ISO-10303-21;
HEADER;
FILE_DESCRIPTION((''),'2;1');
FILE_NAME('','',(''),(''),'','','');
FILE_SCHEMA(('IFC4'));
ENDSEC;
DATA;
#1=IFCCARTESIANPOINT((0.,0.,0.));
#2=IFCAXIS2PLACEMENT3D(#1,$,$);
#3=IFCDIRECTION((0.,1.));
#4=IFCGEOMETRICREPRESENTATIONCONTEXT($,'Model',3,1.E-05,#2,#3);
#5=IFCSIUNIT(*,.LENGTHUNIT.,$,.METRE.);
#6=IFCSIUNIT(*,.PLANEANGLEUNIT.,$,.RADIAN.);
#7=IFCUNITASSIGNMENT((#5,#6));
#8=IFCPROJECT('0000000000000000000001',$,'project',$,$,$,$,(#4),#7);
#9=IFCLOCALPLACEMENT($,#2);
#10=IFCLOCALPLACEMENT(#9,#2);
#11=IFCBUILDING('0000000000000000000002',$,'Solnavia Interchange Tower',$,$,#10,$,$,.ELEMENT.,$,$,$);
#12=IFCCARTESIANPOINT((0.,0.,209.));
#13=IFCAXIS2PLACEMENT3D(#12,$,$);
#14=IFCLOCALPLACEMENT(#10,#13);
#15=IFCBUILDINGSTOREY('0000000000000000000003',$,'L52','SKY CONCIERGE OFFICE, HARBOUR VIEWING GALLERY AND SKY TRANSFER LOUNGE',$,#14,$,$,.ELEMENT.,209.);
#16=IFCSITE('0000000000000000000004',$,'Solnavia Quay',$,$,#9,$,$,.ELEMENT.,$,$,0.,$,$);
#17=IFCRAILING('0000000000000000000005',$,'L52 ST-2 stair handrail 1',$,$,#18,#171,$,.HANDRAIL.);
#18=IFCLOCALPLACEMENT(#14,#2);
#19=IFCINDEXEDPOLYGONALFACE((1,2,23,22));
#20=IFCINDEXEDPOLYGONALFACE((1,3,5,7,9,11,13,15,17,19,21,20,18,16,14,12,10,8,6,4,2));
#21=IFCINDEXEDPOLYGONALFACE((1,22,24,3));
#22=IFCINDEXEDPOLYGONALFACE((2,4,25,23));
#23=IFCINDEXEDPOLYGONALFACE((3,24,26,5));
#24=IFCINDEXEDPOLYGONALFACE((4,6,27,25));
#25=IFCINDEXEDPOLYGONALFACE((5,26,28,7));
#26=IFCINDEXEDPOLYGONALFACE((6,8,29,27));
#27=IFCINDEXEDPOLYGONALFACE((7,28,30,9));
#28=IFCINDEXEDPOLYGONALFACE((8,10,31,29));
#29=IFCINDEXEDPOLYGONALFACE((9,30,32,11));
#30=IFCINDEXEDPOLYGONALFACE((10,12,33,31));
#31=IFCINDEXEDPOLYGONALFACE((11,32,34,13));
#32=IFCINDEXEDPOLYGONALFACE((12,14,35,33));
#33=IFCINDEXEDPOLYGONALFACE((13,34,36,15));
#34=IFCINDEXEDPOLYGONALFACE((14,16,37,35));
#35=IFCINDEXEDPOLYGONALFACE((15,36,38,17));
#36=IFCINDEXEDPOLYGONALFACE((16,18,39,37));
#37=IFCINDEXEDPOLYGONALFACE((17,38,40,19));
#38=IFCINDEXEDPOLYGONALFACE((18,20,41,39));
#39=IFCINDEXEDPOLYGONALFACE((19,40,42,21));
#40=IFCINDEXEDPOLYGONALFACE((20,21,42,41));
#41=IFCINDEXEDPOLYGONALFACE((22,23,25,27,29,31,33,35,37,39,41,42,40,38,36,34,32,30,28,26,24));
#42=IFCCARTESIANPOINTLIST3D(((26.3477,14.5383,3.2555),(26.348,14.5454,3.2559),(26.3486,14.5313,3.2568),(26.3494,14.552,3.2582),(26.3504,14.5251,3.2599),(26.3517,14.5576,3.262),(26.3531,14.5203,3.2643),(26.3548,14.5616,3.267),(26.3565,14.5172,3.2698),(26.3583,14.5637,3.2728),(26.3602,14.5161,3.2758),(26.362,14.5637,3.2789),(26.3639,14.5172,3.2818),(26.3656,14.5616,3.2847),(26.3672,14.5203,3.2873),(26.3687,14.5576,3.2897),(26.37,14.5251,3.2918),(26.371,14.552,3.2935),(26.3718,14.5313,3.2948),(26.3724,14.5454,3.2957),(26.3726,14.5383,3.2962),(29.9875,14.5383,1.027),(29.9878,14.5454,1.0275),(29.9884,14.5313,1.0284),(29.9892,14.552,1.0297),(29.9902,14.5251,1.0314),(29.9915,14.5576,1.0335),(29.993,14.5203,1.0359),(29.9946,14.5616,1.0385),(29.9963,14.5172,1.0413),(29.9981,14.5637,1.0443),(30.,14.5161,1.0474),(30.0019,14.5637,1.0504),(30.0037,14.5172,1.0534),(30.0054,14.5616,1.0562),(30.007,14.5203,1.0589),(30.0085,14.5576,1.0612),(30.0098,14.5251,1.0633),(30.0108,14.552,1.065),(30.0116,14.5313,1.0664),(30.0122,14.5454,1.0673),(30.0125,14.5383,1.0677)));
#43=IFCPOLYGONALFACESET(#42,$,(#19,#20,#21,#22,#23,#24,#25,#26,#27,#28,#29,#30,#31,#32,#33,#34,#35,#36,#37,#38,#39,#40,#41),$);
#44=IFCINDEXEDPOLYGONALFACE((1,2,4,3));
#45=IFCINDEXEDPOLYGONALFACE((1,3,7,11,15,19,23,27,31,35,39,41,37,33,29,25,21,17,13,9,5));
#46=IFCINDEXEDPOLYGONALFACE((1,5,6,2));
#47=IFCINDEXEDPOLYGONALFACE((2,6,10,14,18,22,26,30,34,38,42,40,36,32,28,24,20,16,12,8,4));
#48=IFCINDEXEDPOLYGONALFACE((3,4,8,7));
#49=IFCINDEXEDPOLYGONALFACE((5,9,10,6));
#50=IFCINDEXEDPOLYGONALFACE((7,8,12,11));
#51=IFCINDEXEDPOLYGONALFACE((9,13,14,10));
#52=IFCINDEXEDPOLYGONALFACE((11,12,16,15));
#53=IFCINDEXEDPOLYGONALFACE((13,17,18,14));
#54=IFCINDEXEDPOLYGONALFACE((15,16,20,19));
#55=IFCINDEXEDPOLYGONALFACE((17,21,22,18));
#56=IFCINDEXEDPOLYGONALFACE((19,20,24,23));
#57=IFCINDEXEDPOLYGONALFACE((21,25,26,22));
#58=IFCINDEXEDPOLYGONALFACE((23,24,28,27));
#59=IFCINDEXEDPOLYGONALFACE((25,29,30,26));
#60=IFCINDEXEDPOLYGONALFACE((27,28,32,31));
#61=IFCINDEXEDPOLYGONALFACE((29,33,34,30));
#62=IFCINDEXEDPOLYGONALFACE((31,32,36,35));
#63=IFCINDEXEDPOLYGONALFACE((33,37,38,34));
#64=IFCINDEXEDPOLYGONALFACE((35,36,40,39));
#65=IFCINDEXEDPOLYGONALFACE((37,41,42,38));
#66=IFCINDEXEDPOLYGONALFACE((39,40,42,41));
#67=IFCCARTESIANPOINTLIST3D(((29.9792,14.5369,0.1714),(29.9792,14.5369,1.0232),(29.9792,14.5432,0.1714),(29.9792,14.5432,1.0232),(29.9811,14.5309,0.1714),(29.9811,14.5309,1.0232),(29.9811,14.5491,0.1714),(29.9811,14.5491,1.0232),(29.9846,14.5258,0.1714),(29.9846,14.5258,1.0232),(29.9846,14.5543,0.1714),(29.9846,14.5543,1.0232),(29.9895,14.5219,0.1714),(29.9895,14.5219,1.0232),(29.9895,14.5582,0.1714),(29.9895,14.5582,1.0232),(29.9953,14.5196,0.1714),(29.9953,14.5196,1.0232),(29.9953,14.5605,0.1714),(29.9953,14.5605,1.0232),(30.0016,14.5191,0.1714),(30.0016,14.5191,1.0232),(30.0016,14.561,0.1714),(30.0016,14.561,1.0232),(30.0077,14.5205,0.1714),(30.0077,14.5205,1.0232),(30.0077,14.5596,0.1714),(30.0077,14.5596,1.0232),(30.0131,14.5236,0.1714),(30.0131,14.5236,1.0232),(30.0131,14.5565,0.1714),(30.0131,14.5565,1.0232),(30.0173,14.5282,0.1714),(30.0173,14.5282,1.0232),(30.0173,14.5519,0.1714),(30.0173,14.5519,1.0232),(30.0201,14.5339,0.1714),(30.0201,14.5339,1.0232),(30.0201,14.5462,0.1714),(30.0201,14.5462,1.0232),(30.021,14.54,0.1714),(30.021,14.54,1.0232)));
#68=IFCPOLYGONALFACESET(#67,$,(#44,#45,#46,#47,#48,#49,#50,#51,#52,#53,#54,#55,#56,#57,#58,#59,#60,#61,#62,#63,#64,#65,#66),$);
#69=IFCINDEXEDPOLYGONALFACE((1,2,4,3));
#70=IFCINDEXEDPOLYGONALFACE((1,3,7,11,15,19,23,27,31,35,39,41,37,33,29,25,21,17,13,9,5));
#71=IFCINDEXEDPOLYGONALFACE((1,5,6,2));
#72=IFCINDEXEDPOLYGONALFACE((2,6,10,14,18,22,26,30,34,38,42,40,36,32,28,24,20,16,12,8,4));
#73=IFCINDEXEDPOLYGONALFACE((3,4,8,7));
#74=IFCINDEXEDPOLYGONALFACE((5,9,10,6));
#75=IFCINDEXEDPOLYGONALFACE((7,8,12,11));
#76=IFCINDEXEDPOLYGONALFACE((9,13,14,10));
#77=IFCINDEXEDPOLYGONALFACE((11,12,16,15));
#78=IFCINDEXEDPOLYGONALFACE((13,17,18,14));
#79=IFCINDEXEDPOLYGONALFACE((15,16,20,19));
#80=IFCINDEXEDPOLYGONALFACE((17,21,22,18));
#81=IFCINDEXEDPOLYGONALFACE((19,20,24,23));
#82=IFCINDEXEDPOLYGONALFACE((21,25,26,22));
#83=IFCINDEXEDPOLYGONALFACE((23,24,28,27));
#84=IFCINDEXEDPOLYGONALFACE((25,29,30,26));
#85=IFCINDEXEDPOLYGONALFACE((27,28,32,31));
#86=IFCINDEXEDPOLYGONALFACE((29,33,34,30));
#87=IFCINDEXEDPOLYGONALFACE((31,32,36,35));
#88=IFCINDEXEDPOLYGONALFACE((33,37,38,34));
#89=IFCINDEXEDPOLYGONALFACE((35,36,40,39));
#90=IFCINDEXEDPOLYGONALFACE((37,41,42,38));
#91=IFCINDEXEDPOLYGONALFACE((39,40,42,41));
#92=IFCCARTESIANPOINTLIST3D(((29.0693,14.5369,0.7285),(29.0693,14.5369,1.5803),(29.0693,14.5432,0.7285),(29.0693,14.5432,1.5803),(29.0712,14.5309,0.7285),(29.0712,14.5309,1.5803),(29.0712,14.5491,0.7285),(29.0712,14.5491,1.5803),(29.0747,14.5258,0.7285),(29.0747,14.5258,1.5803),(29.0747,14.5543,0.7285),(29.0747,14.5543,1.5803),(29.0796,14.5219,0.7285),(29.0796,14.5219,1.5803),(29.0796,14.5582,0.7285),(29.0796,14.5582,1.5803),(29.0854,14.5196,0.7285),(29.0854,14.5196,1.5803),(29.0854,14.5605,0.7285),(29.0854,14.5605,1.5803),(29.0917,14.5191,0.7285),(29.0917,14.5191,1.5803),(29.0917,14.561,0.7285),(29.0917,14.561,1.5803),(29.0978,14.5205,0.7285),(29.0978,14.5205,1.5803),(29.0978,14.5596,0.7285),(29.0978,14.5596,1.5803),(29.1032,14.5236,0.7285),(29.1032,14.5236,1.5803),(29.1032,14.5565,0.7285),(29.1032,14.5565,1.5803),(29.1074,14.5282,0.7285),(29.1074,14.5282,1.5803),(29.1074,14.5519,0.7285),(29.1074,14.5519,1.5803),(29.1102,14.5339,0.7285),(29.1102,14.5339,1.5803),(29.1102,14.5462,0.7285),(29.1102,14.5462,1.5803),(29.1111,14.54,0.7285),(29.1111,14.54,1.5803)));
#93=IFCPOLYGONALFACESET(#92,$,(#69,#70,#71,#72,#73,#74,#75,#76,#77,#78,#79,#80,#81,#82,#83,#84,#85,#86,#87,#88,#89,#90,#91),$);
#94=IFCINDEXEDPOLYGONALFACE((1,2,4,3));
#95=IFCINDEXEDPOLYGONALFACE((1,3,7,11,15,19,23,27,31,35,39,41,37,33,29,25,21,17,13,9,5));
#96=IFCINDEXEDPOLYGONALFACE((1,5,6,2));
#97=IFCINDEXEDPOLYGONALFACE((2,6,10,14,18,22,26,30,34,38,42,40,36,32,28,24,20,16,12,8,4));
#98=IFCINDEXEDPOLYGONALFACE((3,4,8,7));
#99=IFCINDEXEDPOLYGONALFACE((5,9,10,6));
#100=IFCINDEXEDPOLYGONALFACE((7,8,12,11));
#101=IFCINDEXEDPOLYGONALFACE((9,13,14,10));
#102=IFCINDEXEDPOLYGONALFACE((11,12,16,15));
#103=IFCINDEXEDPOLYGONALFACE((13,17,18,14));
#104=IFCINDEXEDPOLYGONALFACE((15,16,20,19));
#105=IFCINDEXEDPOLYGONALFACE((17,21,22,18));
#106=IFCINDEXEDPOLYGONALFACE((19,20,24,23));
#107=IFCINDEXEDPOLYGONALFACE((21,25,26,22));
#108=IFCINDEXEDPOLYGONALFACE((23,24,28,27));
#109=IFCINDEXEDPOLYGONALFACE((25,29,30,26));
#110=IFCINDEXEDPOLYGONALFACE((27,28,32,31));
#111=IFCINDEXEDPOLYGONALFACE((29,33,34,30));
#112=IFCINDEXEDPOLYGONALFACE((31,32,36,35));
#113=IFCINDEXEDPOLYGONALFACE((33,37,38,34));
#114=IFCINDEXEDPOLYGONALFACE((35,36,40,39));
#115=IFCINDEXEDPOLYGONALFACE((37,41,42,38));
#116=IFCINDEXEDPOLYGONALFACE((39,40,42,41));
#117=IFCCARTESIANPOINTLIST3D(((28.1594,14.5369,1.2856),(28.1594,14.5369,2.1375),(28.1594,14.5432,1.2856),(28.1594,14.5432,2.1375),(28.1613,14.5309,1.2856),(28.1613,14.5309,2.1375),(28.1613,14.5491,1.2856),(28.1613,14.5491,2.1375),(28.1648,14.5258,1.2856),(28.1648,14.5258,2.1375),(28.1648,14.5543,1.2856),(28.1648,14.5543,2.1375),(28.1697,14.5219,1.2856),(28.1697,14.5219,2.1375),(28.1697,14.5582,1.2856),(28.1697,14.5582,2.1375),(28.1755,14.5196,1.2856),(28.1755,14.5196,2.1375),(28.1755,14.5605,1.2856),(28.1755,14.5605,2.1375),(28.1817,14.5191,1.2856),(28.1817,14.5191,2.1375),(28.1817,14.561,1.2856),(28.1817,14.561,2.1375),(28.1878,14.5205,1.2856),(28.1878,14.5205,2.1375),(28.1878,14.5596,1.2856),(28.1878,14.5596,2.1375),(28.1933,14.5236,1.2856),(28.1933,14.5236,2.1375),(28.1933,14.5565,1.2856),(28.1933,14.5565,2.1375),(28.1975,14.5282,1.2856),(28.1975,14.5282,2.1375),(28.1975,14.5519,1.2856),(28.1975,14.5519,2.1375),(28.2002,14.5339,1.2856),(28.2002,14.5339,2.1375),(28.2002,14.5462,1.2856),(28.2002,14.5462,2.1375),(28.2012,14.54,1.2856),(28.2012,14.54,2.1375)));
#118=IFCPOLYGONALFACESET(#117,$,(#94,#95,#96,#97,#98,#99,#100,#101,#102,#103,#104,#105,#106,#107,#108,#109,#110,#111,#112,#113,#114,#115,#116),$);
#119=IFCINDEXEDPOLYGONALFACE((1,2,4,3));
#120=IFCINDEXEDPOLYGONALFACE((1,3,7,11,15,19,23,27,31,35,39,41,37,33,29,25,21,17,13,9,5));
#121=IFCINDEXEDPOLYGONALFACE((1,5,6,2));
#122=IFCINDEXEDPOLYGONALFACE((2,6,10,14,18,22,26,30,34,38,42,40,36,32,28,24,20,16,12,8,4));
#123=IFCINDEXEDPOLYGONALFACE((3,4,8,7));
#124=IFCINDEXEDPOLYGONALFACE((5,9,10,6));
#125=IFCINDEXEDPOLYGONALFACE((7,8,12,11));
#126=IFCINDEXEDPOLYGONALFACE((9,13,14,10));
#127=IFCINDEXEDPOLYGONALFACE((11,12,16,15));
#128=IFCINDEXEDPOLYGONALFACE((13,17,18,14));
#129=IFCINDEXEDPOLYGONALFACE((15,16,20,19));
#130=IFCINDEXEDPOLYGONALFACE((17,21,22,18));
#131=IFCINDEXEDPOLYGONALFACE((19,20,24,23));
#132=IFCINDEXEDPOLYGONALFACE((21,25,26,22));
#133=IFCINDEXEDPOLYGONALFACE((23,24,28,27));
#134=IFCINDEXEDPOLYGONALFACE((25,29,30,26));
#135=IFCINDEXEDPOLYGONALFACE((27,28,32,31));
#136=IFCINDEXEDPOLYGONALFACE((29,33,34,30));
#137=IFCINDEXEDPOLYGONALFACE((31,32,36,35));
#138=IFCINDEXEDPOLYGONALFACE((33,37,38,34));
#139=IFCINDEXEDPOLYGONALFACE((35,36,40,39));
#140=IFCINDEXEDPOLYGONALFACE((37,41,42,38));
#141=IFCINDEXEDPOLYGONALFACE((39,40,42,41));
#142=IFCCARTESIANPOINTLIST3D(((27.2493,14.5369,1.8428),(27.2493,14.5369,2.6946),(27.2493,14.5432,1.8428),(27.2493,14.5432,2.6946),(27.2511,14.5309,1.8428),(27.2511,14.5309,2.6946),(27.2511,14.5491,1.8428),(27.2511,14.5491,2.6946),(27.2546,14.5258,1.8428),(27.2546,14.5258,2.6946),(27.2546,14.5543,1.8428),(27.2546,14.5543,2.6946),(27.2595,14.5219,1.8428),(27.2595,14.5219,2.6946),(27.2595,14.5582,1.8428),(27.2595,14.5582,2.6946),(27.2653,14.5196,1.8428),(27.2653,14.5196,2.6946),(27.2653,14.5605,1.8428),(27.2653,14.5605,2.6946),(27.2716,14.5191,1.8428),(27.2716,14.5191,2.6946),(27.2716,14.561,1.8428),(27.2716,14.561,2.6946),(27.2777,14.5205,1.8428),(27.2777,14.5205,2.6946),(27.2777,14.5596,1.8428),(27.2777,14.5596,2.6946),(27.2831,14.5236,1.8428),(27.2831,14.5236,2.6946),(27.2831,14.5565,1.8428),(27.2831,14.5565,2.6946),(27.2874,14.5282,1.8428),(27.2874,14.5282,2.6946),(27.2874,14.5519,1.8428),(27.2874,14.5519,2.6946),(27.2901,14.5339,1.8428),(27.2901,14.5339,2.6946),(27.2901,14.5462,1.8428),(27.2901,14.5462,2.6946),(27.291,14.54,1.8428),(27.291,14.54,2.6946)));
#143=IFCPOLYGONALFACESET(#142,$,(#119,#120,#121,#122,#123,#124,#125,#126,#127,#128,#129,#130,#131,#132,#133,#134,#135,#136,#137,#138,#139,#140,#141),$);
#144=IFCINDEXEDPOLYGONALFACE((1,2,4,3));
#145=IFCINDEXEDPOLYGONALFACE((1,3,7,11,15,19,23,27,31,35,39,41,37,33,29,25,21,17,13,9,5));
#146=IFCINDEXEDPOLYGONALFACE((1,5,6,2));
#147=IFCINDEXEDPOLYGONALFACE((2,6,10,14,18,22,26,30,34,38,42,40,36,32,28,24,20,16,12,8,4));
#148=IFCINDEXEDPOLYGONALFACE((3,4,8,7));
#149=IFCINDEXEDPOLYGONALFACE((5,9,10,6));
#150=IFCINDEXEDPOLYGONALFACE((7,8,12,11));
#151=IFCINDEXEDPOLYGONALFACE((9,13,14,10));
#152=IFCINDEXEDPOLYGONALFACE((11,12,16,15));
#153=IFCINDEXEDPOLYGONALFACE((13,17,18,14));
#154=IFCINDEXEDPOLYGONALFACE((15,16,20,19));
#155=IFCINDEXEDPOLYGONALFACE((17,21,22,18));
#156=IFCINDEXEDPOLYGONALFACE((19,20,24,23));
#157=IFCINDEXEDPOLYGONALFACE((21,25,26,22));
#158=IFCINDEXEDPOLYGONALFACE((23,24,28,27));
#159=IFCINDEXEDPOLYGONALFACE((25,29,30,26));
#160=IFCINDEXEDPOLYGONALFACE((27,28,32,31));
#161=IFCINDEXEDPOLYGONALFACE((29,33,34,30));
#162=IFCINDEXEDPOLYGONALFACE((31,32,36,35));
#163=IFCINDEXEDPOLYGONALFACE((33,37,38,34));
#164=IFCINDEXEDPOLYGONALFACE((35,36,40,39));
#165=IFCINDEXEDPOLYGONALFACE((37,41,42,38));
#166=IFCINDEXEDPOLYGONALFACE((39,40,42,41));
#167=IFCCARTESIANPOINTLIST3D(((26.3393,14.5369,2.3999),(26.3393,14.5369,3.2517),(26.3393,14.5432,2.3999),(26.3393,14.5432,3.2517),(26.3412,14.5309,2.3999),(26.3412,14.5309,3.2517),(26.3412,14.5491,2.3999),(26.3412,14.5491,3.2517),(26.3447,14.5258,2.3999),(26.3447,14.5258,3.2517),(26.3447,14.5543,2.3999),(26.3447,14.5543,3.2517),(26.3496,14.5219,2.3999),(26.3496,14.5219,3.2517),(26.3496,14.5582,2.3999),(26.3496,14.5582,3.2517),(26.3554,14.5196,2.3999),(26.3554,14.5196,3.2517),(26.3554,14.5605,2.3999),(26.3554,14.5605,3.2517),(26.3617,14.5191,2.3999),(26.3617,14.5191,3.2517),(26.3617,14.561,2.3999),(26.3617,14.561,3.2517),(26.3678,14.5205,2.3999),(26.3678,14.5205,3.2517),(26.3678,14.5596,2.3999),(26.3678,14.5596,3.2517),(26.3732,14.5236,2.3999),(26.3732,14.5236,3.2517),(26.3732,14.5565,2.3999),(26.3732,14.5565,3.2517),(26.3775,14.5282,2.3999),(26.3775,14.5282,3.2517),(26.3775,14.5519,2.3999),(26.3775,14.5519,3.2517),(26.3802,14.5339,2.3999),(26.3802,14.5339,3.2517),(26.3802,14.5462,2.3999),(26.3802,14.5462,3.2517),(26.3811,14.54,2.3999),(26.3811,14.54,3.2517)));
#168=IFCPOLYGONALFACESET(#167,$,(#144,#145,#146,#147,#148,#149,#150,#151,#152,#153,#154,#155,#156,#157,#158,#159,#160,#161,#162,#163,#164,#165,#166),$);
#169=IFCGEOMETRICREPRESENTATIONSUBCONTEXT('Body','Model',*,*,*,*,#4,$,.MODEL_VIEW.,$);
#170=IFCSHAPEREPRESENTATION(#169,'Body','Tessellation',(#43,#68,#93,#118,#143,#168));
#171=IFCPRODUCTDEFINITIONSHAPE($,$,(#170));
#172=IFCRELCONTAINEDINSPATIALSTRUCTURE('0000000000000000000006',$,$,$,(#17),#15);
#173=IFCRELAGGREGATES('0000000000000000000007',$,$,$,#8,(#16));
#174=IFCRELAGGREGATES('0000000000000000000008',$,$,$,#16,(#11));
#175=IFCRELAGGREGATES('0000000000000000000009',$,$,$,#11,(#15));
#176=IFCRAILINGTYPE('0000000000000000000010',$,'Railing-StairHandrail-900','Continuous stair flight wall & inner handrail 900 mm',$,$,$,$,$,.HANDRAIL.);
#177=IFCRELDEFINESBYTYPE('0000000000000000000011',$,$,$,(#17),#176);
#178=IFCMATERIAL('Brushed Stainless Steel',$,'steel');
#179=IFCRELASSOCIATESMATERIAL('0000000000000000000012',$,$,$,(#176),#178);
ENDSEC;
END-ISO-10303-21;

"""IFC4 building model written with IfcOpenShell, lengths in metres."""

from ifc_helpers import new_model, si_unit, direction, frame, origin, origin_2d, place, context, subcontext, project, spatial, circle, extrude, material, type_object, element, save


model = new_model("IFC4")

# Units and contexts
model_context = context("Model", 3, precision=1e-05, world=origin(), true_north=direction((0.0, 1.0)))
body_context = subcontext(model_context, "Body", "Model", "MODEL_VIEW")
ifc_project = project(units=[si_unit("LENGTHUNIT", "METRE"), si_unit("PLANEANGLEUNIT", "RADIAN")], contexts=[model_context])

# Site, building, storey
site_placement = place(None, origin())
site = spatial("IfcSite", under=ifc_project, at=site_placement, Name="Solnavia Quay", CompositionType="ELEMENT", RefElevation=0.0)
building_placement = place(site_placement, origin())
building = spatial("IfcBuilding", under=site, at=building_placement, Name="Solnavia Interchange Tower", CompositionType="ELEMENT")
storey_placement = place(building_placement, frame((0.0, 0.0, 209.0)))
storey = spatial("IfcBuildingStorey", under=building, at=storey_placement, Name="L52", Description="SKY CONCIERGE OFFICE, HARBOUR VIEWING GALLERY AND SKY TRANSFER LOUNGE", CompositionType="ELEMENT", Elevation=209.0)

# Railing
ifc_material_1 = material(Name="Brushed Stainless Steel", Category="steel")
railing_type = type_object("IfcRailingType", Name="Railing-StairHandrail-900", Description="Continuous stair flight wall & inner handrail 900 mm", PredefinedType="HANDRAIL", material=ifc_material_1)
railing_placement = place(storey_placement, frame((30.0, 14.54, 0.1714)))
element("IfcRailing", 1, at=railing_placement, inside=storey, type_object=railing_type, Name="L52 ST-2 stair handrail 1", PredefinedType="HANDRAIL", context=body_context, shape_type="SweptSolid", body=[
    extrude(circle(Radius=0.0239, at=origin_2d()), frame((0.0, 0.0, 0.876), z_axis=(-0.85285, 0.0, 0.522156), x_axis=(0.0, -1.0, 0.0)), (0.0, 0.0, 1.0), 4.2678),
    extrude(circle(Radius=0.021, at=origin_2d()), origin(), (0.0, 0.0, 1.0), 0.8518),
    extrude(circle(Radius=0.021, at=origin_2d()), frame((-0.9099, 0.0, 0.5571)), (0.0, 0.0, 1.0), 0.8518),
    extrude(circle(Radius=0.021, at=origin_2d()), frame((-1.8198, 0.0, 1.1143)), (0.0, 0.0, 1.0), 0.8518),
    extrude(circle(Radius=0.021, at=origin_2d()), frame((-2.73, 0.0, 1.6714)), (0.0, 0.0, 1.0), 0.8518),
    extrude(circle(Radius=0.021, at=origin_2d()), frame((-3.6399, 0.0, 2.2285)), (0.0, 0.0, 1.0), 0.8518),
])

save(model, "model.ifc")
